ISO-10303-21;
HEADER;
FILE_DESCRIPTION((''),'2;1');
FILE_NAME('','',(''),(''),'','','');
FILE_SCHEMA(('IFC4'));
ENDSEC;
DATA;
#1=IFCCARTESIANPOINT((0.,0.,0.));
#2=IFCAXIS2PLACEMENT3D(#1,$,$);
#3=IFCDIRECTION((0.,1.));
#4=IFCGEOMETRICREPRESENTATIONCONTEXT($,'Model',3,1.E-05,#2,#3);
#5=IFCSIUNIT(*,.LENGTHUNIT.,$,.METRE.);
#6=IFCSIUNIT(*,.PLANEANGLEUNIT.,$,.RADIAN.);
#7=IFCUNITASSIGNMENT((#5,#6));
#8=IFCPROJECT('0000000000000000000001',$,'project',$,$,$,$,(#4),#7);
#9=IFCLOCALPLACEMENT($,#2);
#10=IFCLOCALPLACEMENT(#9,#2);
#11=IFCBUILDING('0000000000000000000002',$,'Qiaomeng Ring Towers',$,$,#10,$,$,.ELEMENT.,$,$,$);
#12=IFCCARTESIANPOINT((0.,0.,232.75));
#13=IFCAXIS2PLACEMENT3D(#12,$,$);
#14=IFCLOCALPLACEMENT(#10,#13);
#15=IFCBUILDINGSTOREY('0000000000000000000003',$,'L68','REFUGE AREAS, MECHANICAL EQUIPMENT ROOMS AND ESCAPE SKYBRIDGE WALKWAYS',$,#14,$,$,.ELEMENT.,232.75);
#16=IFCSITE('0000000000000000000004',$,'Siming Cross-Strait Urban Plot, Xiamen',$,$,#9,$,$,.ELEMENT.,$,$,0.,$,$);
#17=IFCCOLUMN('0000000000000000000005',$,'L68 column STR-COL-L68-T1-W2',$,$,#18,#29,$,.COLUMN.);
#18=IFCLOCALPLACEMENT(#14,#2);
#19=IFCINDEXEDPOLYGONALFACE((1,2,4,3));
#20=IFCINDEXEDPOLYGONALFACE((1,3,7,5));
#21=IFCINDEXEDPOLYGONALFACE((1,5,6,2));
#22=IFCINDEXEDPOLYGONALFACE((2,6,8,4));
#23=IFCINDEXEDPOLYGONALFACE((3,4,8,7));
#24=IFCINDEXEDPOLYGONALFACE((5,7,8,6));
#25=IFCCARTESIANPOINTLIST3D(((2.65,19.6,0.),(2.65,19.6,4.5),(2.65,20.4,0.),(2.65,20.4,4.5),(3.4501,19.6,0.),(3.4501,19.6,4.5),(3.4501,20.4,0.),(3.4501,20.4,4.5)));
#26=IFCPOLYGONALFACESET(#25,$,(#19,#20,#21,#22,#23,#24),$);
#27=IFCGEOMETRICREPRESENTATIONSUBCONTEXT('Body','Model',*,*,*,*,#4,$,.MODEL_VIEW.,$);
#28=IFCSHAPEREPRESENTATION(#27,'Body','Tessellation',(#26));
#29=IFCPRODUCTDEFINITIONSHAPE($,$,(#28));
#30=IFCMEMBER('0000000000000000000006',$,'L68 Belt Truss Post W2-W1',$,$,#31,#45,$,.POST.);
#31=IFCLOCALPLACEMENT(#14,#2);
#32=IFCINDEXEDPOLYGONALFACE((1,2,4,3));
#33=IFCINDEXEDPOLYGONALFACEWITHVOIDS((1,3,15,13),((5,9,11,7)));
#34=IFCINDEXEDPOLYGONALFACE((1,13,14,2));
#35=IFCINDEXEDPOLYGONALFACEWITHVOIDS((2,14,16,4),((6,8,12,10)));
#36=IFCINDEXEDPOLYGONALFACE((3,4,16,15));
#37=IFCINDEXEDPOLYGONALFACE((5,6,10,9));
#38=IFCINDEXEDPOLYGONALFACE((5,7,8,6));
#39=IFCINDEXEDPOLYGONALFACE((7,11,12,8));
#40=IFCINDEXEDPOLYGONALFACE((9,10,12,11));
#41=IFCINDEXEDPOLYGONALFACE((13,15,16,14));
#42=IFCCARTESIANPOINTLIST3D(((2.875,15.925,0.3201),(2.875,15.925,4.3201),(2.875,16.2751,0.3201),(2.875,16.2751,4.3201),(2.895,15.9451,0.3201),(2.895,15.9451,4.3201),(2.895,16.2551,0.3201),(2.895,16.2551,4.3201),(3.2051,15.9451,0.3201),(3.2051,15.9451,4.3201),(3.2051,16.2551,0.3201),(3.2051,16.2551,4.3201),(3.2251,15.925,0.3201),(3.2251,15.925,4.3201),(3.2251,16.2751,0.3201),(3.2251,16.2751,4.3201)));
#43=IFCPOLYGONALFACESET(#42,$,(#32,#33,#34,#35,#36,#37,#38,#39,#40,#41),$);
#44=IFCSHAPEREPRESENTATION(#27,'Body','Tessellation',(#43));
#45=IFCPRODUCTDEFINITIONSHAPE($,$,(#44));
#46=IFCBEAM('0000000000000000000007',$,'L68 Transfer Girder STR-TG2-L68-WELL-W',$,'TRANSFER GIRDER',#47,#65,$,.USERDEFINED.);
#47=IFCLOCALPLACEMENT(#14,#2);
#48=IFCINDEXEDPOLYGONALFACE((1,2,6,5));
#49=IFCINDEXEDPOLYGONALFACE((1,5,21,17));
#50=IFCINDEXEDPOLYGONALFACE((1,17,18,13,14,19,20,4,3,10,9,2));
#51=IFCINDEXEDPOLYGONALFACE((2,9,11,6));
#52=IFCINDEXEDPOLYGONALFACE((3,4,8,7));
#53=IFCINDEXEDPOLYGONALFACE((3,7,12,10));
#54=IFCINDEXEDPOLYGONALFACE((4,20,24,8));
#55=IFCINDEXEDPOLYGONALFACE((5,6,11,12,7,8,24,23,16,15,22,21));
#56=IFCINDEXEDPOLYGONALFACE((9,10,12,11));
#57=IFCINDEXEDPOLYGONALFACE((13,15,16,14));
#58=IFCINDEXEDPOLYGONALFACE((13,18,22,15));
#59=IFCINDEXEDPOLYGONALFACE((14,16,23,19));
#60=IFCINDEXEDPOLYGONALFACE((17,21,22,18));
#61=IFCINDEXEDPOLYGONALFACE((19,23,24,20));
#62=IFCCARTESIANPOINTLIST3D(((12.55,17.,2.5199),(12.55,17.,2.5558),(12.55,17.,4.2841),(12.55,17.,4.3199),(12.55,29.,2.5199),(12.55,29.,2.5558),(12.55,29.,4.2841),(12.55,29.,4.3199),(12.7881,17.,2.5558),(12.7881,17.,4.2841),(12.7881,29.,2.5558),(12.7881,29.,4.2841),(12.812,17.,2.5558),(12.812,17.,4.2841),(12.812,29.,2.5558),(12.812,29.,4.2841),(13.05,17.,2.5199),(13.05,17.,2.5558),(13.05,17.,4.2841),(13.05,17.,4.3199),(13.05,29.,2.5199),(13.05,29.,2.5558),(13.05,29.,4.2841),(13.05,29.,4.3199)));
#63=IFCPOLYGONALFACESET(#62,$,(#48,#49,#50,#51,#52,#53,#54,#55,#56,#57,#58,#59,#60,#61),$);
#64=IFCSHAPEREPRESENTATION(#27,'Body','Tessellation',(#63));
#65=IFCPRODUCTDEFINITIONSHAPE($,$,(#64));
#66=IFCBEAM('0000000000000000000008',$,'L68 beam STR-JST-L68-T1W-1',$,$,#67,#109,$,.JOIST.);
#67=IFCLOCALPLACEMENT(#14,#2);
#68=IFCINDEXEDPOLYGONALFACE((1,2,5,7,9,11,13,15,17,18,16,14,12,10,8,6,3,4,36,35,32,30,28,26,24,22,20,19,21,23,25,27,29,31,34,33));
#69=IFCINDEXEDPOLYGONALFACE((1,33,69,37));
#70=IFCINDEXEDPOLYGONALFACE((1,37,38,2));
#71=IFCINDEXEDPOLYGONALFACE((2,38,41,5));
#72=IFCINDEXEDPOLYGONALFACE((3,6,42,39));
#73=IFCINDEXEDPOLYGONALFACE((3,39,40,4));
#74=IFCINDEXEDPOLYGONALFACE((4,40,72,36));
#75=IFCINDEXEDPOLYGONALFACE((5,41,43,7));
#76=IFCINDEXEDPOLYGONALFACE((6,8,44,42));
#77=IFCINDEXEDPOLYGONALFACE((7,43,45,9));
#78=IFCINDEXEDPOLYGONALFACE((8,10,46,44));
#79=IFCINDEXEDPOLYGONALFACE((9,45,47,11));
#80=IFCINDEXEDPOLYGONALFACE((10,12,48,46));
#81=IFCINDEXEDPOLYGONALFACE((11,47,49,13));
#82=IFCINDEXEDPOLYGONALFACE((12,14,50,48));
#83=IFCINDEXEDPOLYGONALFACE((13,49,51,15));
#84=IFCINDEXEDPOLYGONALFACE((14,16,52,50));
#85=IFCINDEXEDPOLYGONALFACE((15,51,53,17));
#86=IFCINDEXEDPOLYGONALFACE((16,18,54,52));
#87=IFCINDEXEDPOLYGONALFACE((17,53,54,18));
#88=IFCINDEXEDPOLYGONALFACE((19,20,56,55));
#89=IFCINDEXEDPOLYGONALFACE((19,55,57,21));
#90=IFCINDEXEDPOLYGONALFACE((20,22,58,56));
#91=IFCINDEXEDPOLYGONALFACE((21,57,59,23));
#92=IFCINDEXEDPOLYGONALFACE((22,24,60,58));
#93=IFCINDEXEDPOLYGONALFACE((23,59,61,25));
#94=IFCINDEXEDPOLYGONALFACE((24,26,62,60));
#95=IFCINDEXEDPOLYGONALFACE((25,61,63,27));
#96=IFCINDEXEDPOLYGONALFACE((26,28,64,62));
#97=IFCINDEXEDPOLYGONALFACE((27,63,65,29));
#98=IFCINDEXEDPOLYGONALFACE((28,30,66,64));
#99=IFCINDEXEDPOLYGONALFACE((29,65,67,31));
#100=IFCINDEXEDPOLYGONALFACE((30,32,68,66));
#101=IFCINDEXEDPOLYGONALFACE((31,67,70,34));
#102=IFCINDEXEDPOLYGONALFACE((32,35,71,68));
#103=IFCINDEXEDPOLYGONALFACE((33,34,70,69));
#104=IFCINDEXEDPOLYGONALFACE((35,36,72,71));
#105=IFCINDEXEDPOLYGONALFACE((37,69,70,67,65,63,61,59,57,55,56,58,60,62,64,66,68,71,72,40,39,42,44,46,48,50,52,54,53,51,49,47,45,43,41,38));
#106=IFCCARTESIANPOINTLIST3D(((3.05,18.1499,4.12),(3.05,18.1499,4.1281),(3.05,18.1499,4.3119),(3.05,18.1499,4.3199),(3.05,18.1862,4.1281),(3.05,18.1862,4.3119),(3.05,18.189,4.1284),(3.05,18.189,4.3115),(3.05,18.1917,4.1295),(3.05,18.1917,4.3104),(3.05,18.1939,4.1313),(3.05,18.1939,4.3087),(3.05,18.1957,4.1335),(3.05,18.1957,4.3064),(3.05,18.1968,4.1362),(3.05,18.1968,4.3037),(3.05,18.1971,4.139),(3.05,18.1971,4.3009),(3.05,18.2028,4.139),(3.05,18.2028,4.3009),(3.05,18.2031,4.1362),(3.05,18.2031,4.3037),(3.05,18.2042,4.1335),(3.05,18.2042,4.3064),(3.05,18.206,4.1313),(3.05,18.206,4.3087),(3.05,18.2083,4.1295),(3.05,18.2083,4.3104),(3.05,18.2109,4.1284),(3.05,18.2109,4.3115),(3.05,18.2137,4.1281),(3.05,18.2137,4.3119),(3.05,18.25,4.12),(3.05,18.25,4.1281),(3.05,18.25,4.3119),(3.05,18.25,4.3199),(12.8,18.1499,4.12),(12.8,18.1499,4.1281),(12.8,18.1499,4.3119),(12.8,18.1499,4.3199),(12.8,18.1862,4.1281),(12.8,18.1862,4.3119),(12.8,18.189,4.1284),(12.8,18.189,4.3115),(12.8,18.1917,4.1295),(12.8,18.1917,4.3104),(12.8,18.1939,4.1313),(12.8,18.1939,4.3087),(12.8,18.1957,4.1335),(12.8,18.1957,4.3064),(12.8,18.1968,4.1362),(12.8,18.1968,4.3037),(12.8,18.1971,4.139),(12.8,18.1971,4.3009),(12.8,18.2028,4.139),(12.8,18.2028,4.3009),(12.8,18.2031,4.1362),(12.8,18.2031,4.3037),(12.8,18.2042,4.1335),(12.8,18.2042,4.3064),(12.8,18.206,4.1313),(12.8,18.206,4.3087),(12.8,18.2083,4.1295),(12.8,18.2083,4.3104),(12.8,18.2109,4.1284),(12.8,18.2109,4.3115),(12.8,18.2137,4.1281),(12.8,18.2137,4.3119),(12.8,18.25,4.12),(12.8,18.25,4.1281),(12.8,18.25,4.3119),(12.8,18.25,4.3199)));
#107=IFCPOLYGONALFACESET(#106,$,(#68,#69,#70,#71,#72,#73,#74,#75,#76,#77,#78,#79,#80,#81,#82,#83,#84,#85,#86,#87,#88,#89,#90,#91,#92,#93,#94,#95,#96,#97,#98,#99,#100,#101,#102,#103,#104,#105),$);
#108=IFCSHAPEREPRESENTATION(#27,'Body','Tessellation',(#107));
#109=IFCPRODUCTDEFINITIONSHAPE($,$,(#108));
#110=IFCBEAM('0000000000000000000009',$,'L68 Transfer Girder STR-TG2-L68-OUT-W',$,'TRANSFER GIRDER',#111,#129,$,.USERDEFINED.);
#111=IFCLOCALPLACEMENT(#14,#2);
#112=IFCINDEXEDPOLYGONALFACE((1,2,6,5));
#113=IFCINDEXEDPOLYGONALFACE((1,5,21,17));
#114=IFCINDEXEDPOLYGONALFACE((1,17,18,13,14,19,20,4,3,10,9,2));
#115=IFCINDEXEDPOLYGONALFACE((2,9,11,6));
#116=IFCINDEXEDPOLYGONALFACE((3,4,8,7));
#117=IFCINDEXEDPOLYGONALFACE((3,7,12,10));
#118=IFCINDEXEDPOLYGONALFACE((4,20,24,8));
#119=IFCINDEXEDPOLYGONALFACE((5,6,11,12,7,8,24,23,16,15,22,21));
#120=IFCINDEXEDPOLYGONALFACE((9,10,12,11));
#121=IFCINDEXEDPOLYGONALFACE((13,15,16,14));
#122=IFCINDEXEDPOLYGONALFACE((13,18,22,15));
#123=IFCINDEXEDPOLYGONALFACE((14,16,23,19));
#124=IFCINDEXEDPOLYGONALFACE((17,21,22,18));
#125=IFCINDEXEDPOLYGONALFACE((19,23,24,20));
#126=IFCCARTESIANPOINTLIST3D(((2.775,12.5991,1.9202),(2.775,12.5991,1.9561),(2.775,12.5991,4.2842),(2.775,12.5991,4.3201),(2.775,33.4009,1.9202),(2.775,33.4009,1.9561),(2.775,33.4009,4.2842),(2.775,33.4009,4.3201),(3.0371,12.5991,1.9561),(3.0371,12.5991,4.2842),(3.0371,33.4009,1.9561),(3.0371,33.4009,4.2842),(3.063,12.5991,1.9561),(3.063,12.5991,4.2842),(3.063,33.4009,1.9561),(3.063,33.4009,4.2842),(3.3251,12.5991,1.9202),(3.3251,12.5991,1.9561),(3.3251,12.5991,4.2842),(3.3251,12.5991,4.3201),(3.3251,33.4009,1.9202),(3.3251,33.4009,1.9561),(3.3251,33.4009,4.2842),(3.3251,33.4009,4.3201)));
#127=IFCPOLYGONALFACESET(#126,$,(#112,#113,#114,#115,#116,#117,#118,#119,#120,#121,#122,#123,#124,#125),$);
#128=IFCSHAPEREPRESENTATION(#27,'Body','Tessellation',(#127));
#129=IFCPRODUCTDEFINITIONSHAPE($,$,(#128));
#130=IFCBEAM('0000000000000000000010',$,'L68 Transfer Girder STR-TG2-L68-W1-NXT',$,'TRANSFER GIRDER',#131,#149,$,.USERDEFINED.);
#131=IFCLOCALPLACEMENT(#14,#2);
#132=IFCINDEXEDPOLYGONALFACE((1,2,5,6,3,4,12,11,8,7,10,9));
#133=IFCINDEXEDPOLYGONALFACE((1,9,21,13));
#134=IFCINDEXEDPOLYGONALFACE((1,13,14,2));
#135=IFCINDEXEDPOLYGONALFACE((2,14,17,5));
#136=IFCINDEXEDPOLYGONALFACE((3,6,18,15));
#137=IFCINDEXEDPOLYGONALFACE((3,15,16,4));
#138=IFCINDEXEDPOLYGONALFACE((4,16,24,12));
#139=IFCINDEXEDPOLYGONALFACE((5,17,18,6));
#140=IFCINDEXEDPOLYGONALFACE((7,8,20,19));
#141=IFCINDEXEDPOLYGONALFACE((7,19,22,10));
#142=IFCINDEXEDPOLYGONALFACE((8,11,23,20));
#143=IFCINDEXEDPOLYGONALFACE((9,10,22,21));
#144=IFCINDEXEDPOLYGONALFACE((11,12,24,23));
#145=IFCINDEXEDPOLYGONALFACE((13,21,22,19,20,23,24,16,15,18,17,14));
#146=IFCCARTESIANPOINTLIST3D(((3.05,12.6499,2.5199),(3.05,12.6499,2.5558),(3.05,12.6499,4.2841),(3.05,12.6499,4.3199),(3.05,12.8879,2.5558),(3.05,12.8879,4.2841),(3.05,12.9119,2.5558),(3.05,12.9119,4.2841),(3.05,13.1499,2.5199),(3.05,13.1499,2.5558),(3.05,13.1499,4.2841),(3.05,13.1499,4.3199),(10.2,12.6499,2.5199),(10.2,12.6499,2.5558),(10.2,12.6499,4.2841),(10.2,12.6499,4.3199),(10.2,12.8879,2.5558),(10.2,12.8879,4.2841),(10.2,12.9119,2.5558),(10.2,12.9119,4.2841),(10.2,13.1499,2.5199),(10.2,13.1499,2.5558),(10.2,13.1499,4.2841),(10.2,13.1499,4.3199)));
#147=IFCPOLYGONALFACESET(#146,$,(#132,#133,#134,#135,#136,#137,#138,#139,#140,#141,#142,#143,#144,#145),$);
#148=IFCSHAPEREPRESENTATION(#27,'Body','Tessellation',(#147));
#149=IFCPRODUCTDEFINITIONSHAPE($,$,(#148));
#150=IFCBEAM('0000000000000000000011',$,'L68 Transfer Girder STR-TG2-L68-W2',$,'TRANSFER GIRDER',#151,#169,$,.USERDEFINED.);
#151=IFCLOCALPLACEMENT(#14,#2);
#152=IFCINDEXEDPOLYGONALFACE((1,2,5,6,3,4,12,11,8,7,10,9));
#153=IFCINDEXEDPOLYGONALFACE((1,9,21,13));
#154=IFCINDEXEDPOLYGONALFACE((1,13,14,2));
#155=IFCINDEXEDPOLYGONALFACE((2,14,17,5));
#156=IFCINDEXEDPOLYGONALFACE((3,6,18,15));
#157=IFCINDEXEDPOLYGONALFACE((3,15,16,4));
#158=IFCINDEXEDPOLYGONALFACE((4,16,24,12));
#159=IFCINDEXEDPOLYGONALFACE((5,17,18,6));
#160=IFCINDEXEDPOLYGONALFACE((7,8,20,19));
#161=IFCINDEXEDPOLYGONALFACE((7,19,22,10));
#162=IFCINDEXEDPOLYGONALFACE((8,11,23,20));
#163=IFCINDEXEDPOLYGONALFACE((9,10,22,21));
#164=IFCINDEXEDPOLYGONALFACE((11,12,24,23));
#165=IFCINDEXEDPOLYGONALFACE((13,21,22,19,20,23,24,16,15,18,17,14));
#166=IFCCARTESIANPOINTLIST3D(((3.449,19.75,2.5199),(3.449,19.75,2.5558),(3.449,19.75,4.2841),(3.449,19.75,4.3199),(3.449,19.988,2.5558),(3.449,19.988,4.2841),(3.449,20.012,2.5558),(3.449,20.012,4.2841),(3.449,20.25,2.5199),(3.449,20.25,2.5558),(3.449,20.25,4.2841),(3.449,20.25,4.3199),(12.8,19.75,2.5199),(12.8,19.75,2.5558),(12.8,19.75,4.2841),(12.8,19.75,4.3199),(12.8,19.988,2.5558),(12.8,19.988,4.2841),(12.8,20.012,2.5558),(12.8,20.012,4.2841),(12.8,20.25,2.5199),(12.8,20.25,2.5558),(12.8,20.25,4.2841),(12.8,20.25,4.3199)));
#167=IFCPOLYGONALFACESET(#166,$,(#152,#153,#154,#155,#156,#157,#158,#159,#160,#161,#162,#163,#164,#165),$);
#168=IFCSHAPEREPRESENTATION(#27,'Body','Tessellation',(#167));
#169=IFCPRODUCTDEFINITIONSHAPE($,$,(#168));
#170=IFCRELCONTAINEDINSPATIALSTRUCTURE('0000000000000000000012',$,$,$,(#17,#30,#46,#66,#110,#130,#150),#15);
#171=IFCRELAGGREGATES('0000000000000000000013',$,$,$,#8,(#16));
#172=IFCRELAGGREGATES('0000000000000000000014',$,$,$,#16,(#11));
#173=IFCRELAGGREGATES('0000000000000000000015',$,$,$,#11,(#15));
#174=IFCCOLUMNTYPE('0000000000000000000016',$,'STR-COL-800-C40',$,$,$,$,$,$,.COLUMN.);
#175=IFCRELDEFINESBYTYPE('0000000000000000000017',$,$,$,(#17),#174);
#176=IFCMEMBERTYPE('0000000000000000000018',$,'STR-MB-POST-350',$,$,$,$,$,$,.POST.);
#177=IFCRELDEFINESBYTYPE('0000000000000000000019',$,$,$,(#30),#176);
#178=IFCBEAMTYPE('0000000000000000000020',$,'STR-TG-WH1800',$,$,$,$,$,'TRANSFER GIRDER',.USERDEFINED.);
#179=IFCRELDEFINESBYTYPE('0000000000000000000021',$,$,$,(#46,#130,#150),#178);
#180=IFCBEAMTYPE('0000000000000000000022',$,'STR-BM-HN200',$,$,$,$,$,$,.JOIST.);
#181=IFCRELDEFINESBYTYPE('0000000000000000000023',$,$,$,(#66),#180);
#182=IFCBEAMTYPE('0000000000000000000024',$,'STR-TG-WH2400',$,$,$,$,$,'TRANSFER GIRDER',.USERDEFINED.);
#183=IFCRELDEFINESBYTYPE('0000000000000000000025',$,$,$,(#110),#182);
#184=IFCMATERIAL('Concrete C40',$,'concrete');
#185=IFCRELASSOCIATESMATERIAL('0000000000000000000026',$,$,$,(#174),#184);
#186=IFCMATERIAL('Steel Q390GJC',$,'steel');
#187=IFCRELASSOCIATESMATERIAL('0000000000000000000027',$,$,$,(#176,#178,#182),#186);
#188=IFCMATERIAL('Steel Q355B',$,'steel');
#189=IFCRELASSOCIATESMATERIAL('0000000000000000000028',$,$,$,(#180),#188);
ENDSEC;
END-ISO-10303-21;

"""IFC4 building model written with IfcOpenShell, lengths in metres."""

from ifc_helpers import new_model, si_unit, direction, frame, origin, origin_2d, place, context, subcontext, project, spatial, rectangle, hollow_rectangle, i_section, extrude, source, transform, mapped, material, material_profile, profile_set, type_object, element, save


model = new_model("IFC4")

# Units and contexts
model_context = context("Model", 3, precision=1e-05, world=origin(), true_north=direction((0.0, 1.0)))
body_context = subcontext(model_context, "Body", "Model", "MODEL_VIEW")
ifc_project = project(units=[si_unit("LENGTHUNIT", "METRE"), si_unit("PLANEANGLEUNIT", "RADIAN")], contexts=[model_context])

# Site, building, storey
site_placement = place(None, origin())
site = spatial("IfcSite", under=ifc_project, at=site_placement, Name="Siming Cross-Strait Urban Plot, Xiamen", CompositionType="ELEMENT", RefElevation=0.0)
building_placement = place(site_placement, origin())
building = spatial("IfcBuilding", under=site, at=building_placement, Name="Qiaomeng Ring Towers", CompositionType="ELEMENT")
storey_placement = place(building_placement, frame((0.0, 0.0, 232.75)))
storey = spatial("IfcBuildingStorey", under=building, at=storey_placement, Name="L68", Description="REFUGE AREAS, MECHANICAL EQUIPMENT ROOMS AND ESCAPE SKYBRIDGE WALKWAYS", CompositionType="ELEMENT", Elevation=232.75)

# Column
ifc_material_1 = material(Name="Concrete C40", Category="concrete")
ifc_material_profile_1 = material_profile(ifc_material_1, rectangle(XDim=0.8, YDim=0.8, at=origin_2d()), Name="RC COL 800x800")
ifc_profile_set_1 = profile_set([ifc_material_profile_1], Name="Concrete C40")
column_type = type_object("IfcColumnType", Name="STR-COL-800-C40", PredefinedType="COLUMN", material=ifc_profile_set_1)
shared_shape_1 = source(origin(), body_context, "Body", "SweptSolid", [
    extrude(rectangle(XDim=0.8, YDim=0.8, at=origin_2d()), origin(), (0.0, 0.0, 1.0), 4.5),
])
column_placement = place(storey_placement, frame((3.05, 20.0, 0.0), z_axis=(0.0, 0.0, 1.0), x_axis=(1.0, 0.0, 0.0)))
element("IfcColumn", 1, at=column_placement, inside=storey, type_object=column_type, Name="L68 column STR-COL-L68-T1-W2", PredefinedType="COLUMN", context=body_context, shape_type="MappedRepresentation", body=[
    mapped(shared_shape_1, transform((0.0, 0.0, 0.0), x_axis=(1.0, 0.0, 0.0), y_axis=(0.0, 1.0, 0.0), z_axis=(0.0, 0.0, 1.0), scale=1.0)),
])

# Member
ifc_material_2 = material(Name="Steel Q390GJC", Category="steel")
ifc_material_profile_2 = material_profile(ifc_material_2, hollow_rectangle(XDim=0.3501, YDim=0.3501, WallThickness=0.02, at=origin_2d()), Name="SHS 350x350x20")
ifc_profile_set_2 = profile_set([ifc_material_profile_2], Name="Steel Q390GJC")
member_type_1 = type_object("IfcMemberType", Name="STR-MB-POST-350", PredefinedType="POST", material=ifc_profile_set_2)
shared_shape_2 = source(origin(), body_context, "Body", "SweptSolid", [
    extrude(hollow_rectangle(XDim=0.3501, YDim=0.3501, WallThickness=0.02, at=origin_2d()), origin(), (0.0, 0.0, 1.0), 4.0),
])
member_1_placement = place(storey_placement, frame((3.05, 16.1001, 0.3201), z_axis=(0.0, 0.0, 1.0), x_axis=(1.0, 0.0, 0.0)))
element("IfcMember", 2, at=member_1_placement, inside=storey, type_object=member_type_1, Name="L68 Belt Truss Post W2-W1", PredefinedType="POST", context=body_context, shape_type="MappedRepresentation", body=[
    mapped(shared_shape_2, transform((0.0, 0.0, 0.0), x_axis=(1.0, 0.0, 0.0), y_axis=(0.0, 1.0, 0.0), z_axis=(0.0, 0.0, 1.0), scale=1.0)),
])

# Beams
ifc_material_profile_3 = material_profile(ifc_material_2, i_section(OverallWidth=0.5, OverallDepth=1.8, WebThickness=0.0239, FlangeThickness=0.0359, at=origin_2d()), Name="WH 1800x500x24x36")
ifc_profile_set_3 = profile_set([ifc_material_profile_3], Name="Steel Q390GJC")
beam_type_1 = type_object("IfcBeamType", Name="STR-TG-WH1800", ElementType="TRANSFER GIRDER", PredefinedType="USERDEFINED", material=ifc_profile_set_3)
shared_shape_3 = source(origin(), body_context, "Body", "SweptSolid", [
    extrude(i_section(OverallWidth=0.5, OverallDepth=1.8, WebThickness=0.0239, FlangeThickness=0.0359, at=origin_2d()), origin(), (0.0, 0.0, 1.0), 12.0),
])
beam_1_placement = place(storey_placement, frame((12.8, 17.0, 3.4199), z_axis=(0.0, 1.0, 0.0), x_axis=(-1.0, 0.0, 0.0)))
element("IfcBeam", 3, at=beam_1_placement, inside=storey, type_object=beam_type_1, Name="L68 Transfer Girder STR-TG2-L68-WELL-W", ObjectType="TRANSFER GIRDER", PredefinedType="USERDEFINED", context=body_context, shape_type="MappedRepresentation", body=[
    mapped(shared_shape_3, transform((0.0, 0.0, 0.0), x_axis=(1.0, 0.0, 0.0), y_axis=(0.0, 1.0, 0.0), z_axis=(0.0, 0.0, 1.0), scale=1.0)),
])
ifc_material_3 = material(Name="Steel Q355B", Category="steel")
ifc_material_profile_4 = material_profile(ifc_material_3, i_section(OverallWidth=0.1001, OverallDepth=0.2, WebThickness=0.0056, FlangeThickness=0.0081, FilletRadius=0.011, at=origin_2d()), Name="HN 200x100x5.5x8")
ifc_profile_set_4 = profile_set([ifc_material_profile_4], Name="Steel Q355B")
beam_type_2 = type_object("IfcBeamType", Name="STR-BM-HN200", PredefinedType="JOIST", material=ifc_profile_set_4)
shared_shape_4 = source(origin(), body_context, "Body", "SweptSolid", [
    extrude(i_section(OverallWidth=0.1001, OverallDepth=0.2, WebThickness=0.0056, FlangeThickness=0.0081, FilletRadius=0.011, at=origin_2d()), origin(), (0.0, 0.0, 1.0), 9.75),
])
beam_2_placement = place(storey_placement, frame((3.05, 18.2, 4.22), z_axis=(1.0, 0.0, 0.0), x_axis=(0.0, 1.0, 0.0)))
element("IfcBeam", 4, at=beam_2_placement, inside=storey, type_object=beam_type_2, Name="L68 beam STR-JST-L68-T1W-1", PredefinedType="JOIST", context=body_context, shape_type="MappedRepresentation", body=[
    mapped(shared_shape_4, transform((0.0, 0.0, 0.0), x_axis=(1.0, 0.0, 0.0), y_axis=(0.0, 1.0, 0.0), z_axis=(0.0, 0.0, 1.0), scale=1.0)),
])
ifc_material_profile_5 = material_profile(ifc_material_2, i_section(OverallWidth=0.55, OverallDepth=2.3999, WebThickness=0.0259, FlangeThickness=0.0359, at=origin_2d()), Name="WH 2400x550x26x36")
ifc_profile_set_5 = profile_set([ifc_material_profile_5], Name="Steel Q390GJC")
beam_type_3 = type_object("IfcBeamType", Name="STR-TG-WH2400", ElementType="TRANSFER GIRDER", PredefinedType="USERDEFINED", material=ifc_profile_set_5)
shared_shape_5 = source(origin(), body_context, "Body", "SweptSolid", [
    extrude(i_section(OverallWidth=0.55, OverallDepth=2.3999, WebThickness=0.0259, FlangeThickness=0.0359, at=origin_2d()), origin(), (0.0, 0.0, 1.0), 20.8018),
])
beam_3_placement = place(storey_placement, frame((3.05, 12.5991, 3.1201), z_axis=(0.0, 1.0, 0.0), x_axis=(-1.0, 0.0, 0.0)))
element("IfcBeam", 5, at=beam_3_placement, inside=storey, type_object=beam_type_3, Name="L68 Transfer Girder STR-TG2-L68-OUT-W", ObjectType="TRANSFER GIRDER", PredefinedType="USERDEFINED", context=body_context, shape_type="MappedRepresentation", body=[
    mapped(shared_shape_5, transform((0.0, 0.0, 0.0), x_axis=(1.0, 0.0, 0.0), y_axis=(0.0, 1.0, 0.0), z_axis=(0.0, 0.0, 1.0), scale=1.0)),
])
shared_shape_6 = source(origin(), body_context, "Body", "SweptSolid", [
    extrude(i_section(OverallWidth=0.5, OverallDepth=1.8, WebThickness=0.0239, FlangeThickness=0.0359, at=origin_2d()), origin(), (0.0, 0.0, 1.0), 7.1499),
])
beam_4_placement = place(storey_placement, frame((3.05, 12.8999, 3.4199), z_axis=(1.0, 0.0, 0.0), x_axis=(0.0, 1.0, 0.0)))
element("IfcBeam", 6, at=beam_4_placement, inside=storey, type_object=beam_type_1, Name="L68 Transfer Girder STR-TG2-L68-W1-NXT", ObjectType="TRANSFER GIRDER", PredefinedType="USERDEFINED", context=body_context, shape_type="MappedRepresentation", body=[
    mapped(shared_shape_6, transform((0.0, 0.0, 0.0), x_axis=(1.0, 0.0, 0.0), y_axis=(0.0, 1.0, 0.0), z_axis=(0.0, 0.0, 1.0), scale=1.0)),
])
shared_shape_7 = source(origin(), body_context, "Body", "SweptSolid", [
    extrude(i_section(OverallWidth=0.5, OverallDepth=1.8, WebThickness=0.0239, FlangeThickness=0.0359, at=origin_2d()), origin(), (0.0, 0.0, 1.0), 9.3511),
])
beam_5_placement = place(storey_placement, frame((3.449, 20.0, 3.4199), z_axis=(1.0, 0.0, 0.0), x_axis=(0.0, 1.0, 0.0)))
element("IfcBeam", 7, at=beam_5_placement, inside=storey, type_object=beam_type_1, Name="L68 Transfer Girder STR-TG2-L68-W2", ObjectType="TRANSFER GIRDER", PredefinedType="USERDEFINED", context=body_context, shape_type="MappedRepresentation", body=[
    mapped(shared_shape_7, transform((0.0, 0.0, 0.0), x_axis=(1.0, 0.0, 0.0), y_axis=(0.0, 1.0, 0.0), z_axis=(0.0, 0.0, 1.0), scale=1.0)),
])

save(model, "model.ifc")
